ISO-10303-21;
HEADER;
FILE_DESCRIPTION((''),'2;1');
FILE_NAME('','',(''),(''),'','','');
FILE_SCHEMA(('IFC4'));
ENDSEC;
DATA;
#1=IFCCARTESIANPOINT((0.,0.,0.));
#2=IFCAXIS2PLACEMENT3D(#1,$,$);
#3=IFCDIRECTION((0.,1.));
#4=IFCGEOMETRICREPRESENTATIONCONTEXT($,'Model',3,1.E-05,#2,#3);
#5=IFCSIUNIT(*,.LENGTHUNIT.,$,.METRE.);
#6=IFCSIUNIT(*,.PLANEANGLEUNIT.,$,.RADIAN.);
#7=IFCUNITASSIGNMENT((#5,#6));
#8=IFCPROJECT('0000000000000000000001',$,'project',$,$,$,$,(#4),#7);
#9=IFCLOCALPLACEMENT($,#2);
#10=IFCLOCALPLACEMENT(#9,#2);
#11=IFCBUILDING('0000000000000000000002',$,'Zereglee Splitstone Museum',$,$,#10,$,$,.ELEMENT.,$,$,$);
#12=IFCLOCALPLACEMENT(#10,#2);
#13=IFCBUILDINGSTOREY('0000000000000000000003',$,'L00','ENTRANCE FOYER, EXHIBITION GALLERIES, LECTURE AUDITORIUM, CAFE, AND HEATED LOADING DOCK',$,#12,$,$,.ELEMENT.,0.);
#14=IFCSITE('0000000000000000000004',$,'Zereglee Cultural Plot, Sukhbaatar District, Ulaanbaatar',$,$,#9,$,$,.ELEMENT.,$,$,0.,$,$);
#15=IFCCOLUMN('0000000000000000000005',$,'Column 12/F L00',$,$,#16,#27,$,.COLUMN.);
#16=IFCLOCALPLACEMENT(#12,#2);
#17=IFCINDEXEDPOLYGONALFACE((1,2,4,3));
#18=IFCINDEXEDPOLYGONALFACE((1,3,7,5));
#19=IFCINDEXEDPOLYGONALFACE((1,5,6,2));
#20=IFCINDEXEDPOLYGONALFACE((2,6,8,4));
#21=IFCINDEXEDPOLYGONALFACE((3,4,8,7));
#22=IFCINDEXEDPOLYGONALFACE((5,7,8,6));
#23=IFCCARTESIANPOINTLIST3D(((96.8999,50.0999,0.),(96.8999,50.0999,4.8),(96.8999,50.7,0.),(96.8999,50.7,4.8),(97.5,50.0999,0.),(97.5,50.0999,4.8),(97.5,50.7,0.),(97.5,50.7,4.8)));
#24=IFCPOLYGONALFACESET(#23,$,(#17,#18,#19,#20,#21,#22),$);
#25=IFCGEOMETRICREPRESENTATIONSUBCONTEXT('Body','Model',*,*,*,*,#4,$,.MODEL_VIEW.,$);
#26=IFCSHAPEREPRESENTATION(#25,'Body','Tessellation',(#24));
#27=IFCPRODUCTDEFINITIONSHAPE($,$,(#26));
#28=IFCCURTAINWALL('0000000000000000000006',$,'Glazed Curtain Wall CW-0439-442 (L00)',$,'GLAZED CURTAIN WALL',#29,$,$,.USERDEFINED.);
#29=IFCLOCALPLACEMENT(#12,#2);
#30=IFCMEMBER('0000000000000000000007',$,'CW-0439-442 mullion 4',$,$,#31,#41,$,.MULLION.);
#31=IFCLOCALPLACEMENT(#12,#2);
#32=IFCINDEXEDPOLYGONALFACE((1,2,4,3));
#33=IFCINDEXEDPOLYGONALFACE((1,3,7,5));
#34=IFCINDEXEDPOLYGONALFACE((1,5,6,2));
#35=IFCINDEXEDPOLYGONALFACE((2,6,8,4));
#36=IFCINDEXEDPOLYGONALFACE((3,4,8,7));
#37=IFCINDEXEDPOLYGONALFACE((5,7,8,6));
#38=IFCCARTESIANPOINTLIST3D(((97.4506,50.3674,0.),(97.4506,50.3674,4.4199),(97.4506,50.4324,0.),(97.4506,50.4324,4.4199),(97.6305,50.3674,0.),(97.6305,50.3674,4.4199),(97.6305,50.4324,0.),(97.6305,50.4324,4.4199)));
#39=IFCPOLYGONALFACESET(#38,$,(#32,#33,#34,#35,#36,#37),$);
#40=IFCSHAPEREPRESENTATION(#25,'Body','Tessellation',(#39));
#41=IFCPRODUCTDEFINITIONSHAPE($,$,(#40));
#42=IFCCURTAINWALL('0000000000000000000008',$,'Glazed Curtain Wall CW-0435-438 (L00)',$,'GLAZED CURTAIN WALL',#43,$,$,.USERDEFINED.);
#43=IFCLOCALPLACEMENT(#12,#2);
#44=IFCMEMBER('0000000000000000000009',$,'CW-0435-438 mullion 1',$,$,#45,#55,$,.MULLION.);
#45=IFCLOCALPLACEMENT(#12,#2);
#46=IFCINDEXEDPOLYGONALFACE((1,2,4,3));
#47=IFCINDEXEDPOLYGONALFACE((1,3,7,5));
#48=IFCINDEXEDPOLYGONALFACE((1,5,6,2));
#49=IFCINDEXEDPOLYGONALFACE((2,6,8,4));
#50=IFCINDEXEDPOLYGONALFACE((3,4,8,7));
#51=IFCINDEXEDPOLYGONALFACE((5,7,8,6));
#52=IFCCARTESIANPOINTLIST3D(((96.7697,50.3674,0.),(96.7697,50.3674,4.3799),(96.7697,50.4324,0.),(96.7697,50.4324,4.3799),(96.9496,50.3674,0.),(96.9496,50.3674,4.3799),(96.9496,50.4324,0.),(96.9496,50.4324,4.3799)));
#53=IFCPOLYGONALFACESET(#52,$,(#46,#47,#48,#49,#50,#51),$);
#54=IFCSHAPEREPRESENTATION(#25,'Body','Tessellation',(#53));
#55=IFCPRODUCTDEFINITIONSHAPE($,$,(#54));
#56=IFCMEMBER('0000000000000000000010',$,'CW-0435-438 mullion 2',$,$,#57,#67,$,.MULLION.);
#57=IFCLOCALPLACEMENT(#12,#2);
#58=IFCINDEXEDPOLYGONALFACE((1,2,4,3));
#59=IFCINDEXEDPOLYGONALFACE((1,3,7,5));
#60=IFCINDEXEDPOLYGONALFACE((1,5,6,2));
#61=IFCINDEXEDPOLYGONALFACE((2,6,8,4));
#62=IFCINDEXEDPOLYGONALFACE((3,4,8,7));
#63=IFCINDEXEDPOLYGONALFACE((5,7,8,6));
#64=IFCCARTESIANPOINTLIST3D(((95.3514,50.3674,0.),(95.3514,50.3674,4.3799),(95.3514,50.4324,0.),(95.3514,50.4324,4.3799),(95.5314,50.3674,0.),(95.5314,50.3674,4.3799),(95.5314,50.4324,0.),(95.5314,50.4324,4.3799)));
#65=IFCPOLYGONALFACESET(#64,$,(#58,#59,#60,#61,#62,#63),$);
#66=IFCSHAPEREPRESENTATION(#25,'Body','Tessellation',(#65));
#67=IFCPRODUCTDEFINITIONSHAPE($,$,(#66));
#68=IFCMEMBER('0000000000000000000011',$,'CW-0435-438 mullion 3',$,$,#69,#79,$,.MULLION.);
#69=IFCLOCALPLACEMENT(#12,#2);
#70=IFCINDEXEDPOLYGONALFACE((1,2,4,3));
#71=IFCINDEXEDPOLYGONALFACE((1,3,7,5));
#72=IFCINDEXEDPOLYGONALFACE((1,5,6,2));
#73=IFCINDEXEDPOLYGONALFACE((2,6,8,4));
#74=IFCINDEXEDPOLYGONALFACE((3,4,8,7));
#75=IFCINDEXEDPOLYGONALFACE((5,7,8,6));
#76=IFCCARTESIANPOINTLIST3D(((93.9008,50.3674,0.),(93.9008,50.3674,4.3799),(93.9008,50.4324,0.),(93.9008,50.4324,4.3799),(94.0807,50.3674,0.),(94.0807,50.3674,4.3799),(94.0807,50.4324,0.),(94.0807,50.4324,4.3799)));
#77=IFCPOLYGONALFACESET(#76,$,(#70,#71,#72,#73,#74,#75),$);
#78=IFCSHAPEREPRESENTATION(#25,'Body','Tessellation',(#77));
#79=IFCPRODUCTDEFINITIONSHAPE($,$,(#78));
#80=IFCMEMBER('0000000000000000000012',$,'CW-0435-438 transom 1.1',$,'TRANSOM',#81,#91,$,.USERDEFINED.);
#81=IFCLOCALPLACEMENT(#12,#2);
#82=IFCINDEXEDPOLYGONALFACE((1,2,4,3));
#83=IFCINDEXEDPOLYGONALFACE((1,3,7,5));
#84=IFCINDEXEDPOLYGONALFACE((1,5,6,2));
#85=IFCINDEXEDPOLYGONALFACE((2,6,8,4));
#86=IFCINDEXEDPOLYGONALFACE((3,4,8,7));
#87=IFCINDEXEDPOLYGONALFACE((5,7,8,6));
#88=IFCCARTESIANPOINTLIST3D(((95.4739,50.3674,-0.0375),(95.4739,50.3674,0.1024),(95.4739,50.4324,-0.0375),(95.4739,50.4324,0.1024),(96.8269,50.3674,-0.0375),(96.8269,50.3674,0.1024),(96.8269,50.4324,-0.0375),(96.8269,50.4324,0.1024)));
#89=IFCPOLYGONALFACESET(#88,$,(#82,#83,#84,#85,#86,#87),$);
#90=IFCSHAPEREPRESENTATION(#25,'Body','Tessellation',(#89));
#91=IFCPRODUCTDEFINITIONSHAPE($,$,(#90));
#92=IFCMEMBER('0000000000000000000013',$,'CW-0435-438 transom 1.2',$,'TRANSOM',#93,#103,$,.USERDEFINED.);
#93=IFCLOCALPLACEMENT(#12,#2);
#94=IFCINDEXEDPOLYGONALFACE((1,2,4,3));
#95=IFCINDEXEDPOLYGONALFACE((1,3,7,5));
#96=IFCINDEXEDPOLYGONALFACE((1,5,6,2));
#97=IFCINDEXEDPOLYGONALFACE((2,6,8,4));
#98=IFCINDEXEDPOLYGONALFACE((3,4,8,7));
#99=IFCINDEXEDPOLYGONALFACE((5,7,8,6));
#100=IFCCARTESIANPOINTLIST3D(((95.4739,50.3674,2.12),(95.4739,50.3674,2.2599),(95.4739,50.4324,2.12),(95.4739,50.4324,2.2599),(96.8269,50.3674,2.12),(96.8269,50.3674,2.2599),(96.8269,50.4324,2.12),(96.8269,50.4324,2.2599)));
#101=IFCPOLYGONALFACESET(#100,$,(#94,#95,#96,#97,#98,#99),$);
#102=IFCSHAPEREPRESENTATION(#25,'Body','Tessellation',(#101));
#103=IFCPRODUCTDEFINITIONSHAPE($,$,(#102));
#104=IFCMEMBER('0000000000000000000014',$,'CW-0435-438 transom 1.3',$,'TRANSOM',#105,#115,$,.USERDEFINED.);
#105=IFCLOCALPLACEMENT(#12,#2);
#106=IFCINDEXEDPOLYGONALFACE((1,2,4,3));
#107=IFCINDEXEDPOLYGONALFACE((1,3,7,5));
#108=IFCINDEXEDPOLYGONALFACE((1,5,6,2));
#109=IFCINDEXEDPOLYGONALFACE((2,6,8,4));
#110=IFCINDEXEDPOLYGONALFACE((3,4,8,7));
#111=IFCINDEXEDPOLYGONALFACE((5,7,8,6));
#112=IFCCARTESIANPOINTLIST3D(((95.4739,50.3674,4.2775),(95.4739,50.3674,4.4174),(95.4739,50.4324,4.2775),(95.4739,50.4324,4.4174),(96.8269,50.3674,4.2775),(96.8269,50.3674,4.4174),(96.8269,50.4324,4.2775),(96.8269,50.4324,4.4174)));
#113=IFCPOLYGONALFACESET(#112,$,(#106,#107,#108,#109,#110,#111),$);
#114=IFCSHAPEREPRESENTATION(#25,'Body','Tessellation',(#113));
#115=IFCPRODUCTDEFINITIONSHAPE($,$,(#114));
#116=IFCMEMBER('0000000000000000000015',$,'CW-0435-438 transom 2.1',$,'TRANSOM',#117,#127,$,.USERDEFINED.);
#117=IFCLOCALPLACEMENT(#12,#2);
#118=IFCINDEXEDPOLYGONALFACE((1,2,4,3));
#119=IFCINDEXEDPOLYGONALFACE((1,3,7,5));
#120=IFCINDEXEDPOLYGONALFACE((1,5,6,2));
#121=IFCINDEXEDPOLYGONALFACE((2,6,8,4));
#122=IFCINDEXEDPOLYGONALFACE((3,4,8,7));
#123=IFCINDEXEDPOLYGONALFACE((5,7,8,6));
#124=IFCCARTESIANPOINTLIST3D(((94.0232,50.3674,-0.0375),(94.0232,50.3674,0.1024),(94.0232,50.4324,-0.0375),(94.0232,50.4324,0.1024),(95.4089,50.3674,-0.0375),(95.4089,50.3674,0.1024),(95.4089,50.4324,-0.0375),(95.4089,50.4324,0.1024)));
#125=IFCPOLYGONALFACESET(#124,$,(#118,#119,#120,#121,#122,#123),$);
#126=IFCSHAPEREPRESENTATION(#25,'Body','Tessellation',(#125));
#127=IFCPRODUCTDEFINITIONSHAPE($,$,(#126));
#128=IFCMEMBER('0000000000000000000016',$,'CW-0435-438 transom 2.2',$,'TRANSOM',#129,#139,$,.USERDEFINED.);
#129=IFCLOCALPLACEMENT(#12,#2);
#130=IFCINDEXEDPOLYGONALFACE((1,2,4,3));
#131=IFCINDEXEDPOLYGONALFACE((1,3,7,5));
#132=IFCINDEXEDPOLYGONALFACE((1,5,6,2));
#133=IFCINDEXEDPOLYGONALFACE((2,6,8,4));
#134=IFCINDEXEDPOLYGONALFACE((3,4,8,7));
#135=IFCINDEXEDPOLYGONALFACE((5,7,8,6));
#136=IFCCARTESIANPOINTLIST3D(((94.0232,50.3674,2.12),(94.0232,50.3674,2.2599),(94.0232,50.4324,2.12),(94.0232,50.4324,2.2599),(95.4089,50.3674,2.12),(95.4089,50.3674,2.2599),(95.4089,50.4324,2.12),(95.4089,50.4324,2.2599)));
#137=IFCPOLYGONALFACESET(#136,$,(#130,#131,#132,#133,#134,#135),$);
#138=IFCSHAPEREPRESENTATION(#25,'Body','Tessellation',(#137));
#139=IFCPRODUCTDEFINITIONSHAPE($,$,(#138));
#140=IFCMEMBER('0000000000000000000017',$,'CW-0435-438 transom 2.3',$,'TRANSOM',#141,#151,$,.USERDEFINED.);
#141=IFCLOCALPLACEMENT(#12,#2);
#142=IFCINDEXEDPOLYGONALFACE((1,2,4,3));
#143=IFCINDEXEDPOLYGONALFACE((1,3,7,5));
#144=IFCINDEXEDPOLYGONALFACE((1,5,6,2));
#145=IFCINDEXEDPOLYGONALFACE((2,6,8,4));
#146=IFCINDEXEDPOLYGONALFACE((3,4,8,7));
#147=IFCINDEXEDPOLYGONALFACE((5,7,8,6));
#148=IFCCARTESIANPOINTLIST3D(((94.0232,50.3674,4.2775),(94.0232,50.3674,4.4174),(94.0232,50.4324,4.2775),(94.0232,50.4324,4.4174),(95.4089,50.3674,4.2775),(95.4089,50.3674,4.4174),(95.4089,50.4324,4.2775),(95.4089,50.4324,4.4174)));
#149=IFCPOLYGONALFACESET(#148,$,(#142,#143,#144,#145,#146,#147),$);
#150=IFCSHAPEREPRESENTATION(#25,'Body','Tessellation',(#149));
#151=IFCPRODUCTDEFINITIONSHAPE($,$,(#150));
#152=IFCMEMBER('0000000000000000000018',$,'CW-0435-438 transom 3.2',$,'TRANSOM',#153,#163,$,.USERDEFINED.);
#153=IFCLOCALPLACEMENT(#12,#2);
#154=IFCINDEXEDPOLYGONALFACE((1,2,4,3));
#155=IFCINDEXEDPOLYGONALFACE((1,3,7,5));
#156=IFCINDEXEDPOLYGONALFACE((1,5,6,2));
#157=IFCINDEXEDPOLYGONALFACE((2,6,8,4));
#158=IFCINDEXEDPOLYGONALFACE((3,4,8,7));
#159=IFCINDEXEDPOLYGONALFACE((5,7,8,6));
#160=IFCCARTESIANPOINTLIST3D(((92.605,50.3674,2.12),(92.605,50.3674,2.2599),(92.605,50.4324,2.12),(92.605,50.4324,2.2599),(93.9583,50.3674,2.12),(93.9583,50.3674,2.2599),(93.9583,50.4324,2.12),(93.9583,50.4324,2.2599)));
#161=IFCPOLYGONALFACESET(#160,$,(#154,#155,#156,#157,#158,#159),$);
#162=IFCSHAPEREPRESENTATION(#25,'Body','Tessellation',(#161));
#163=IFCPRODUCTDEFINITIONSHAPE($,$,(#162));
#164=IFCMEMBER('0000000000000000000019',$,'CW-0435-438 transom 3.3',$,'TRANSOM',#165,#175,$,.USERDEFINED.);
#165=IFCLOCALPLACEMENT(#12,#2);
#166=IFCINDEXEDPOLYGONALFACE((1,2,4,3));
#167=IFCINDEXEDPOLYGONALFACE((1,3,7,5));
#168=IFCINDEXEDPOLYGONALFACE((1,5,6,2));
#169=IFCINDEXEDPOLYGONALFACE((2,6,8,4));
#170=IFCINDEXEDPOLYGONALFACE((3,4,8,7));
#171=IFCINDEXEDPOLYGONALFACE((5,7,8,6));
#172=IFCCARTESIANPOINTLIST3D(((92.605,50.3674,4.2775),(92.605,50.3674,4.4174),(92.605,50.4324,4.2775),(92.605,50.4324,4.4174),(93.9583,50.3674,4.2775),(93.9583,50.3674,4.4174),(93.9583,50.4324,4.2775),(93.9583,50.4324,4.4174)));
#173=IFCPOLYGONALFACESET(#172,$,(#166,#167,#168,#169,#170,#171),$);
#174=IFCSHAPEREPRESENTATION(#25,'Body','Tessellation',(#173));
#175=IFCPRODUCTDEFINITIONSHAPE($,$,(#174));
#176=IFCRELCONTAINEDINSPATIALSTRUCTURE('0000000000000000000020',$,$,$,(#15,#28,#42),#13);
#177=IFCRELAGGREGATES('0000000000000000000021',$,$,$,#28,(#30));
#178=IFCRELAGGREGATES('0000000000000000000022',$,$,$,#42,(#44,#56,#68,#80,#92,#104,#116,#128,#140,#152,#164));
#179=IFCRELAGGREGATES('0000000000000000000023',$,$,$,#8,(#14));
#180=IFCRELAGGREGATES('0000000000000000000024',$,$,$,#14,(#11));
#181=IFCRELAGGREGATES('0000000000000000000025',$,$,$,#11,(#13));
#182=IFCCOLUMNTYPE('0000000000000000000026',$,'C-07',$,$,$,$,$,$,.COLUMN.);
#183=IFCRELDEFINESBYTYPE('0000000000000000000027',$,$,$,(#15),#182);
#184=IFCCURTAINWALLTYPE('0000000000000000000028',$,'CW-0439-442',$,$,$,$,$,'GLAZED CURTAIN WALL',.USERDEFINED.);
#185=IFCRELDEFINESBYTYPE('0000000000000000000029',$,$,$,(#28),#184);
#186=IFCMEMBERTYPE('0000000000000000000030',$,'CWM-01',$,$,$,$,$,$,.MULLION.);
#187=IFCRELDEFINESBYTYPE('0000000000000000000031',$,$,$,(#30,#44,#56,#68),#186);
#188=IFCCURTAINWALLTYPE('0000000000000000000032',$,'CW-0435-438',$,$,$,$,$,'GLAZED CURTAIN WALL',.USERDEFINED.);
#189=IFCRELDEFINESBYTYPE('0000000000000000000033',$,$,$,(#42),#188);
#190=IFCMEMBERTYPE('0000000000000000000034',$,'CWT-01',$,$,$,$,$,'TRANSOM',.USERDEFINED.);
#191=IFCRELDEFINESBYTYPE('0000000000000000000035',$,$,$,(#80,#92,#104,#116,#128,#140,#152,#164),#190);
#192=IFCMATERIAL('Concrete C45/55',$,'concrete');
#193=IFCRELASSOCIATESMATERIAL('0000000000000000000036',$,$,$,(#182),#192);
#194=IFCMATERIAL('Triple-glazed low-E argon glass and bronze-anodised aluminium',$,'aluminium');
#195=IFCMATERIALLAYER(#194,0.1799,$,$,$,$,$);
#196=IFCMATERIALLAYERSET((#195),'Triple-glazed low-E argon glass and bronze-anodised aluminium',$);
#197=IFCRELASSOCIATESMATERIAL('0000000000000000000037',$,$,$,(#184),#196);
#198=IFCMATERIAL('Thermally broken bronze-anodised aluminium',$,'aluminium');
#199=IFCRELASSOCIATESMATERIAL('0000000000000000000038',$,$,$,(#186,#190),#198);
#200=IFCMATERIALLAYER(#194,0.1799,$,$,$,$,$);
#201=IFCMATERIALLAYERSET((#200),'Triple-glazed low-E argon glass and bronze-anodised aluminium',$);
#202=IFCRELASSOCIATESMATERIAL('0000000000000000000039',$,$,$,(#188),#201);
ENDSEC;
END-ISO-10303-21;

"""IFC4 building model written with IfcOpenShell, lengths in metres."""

from ifc_helpers import new_model, si_unit, direction, frame, origin, origin_2d, place, context, subcontext, project, spatial, rectangle, extrude, material, layer, layer_set, material_profile, profile_set, type_object, element, aggregate, save


model = new_model("IFC4")

# Units and contexts
model_context = context("Model", 3, precision=1e-05, world=origin(), true_north=direction((0.0, 1.0)))
body_context = subcontext(model_context, "Body", "Model", "MODEL_VIEW")
ifc_project = project(units=[si_unit("LENGTHUNIT", "METRE"), si_unit("PLANEANGLEUNIT", "RADIAN")], contexts=[model_context])

# Site, building, storey
site_placement = place(None, origin())
site = spatial("IfcSite", under=ifc_project, at=site_placement, Name="Zereglee Cultural Plot, Sukhbaatar District, Ulaanbaatar", CompositionType="ELEMENT", RefElevation=0.0)
building_placement = place(site_placement, origin())
building = spatial("IfcBuilding", under=site, at=building_placement, Name="Zereglee Splitstone Museum", CompositionType="ELEMENT")
storey_placement = place(building_placement, origin())
storey = spatial("IfcBuildingStorey", under=building, at=storey_placement, Name="L00", Description="ENTRANCE FOYER, EXHIBITION GALLERIES, LECTURE AUDITORIUM, CAFE, AND HEATED LOADING DOCK", CompositionType="ELEMENT", Elevation=0.0)

# Column
ifc_material_1 = material(Name="Concrete C45/55", Category="concrete")
ifc_material_profile_1 = material_profile(ifc_material_1, rectangle(XDim=0.6001, YDim=0.6001, at=origin_2d()), Name="RC 600x600")
ifc_profile_set_1 = profile_set([ifc_material_profile_1], Name="Concrete C45/55")
column_type = type_object("IfcColumnType", Name="C-07", PredefinedType="COLUMN", material=ifc_profile_set_1)
column_placement = place(storey_placement, frame((97.2, 50.3999, 0.0), z_axis=(0.0, 0.0, 1.0), x_axis=(1.0, 0.0, 0.0)))
element("IfcColumn", 1, at=column_placement, inside=storey, type_object=column_type, Name="Column 12/F L00", PredefinedType="COLUMN", context=body_context, shape_type="SweptSolid", body=[
    extrude(rectangle(XDim=0.6001, YDim=0.6001, at=origin_2d()), origin(), (0.0, 0.0, 1.0), 4.8),
])

# Curtain wall, member
ifc_material_2 = material(Name="Triple-glazed low-E argon glass and bronze-anodised aluminium", Category="aluminium")
ifc_layer_1 = layer(ifc_material_2, 0.1799)
ifc_layer_set_1 = layer_set([ifc_layer_1], Name="Triple-glazed low-E argon glass and bronze-anodised aluminium")
curtain_wall_type_1 = type_object("IfcCurtainWallType", Name="CW-0439-442", ElementType="GLAZED CURTAIN WALL", PredefinedType="USERDEFINED", material=ifc_layer_set_1)
curtain_wall_1_placement = place(storey_placement, origin())
curtain_wall_1 = element("IfcCurtainWall", 2, at=curtain_wall_1_placement, inside=storey, type_object=curtain_wall_type_1, Name="Glazed Curtain Wall CW-0439-442 (L00)", ObjectType="GLAZED CURTAIN WALL", PredefinedType="USERDEFINED")
ifc_material_3 = material(Name="Thermally broken bronze-anodised aluminium", Category="aluminium")
ifc_material_profile_2 = material_profile(ifc_material_3, rectangle(XDim=0.0649, YDim=0.1799, at=origin_2d()), Name="CW MULL 65x180")
ifc_profile_set_2 = profile_set([ifc_material_profile_2], Name="Thermally broken bronze-anodised aluminium")
member_type_1 = type_object("IfcMemberType", Name="CWM-01", PredefinedType="MULLION", material=ifc_profile_set_2)
member_1_placement = place(storey_placement, frame((97.5405, 50.3999, 0.0), z_axis=(0.0, 0.0, 1.0), x_axis=(0.0, -1.0, 0.0)))
member_1 = element("IfcMember", 3, at=member_1_placement, type_object=member_type_1, Name="CW-0439-442 mullion 4", PredefinedType="MULLION", context=body_context, shape_type="SweptSolid", body=[
    extrude(rectangle(XDim=0.0649, YDim=0.1799, at=origin_2d()), origin(), (0.0, 0.0, 1.0), 4.4199),
])

# Curtain wall, members
ifc_layer_2 = layer(ifc_material_2, 0.1799)
ifc_layer_set_2 = layer_set([ifc_layer_2], Name="Triple-glazed low-E argon glass and bronze-anodised aluminium")
curtain_wall_type_2 = type_object("IfcCurtainWallType", Name="CW-0435-438", ElementType="GLAZED CURTAIN WALL", PredefinedType="USERDEFINED", material=ifc_layer_set_2)
curtain_wall_2_placement = place(storey_placement, origin())
curtain_wall_2 = element("IfcCurtainWall", 4, at=curtain_wall_2_placement, inside=storey, type_object=curtain_wall_type_2, Name="Glazed Curtain Wall CW-0435-438 (L00)", ObjectType="GLAZED CURTAIN WALL", PredefinedType="USERDEFINED")
member_2_placement = place(storey_placement, frame((96.8596, 50.3999, 0.0), z_axis=(0.0, 0.0, 1.0), x_axis=(0.0, -1.0, 0.0)))
member_2 = element("IfcMember", 5, at=member_2_placement, type_object=member_type_1, Name="CW-0435-438 mullion 1", PredefinedType="MULLION", context=body_context, shape_type="SweptSolid", body=[
    extrude(rectangle(XDim=0.0649, YDim=0.1799, at=origin_2d()), origin(), (0.0, 0.0, 1.0), 4.3799),
])
member_3_placement = place(storey_placement, frame((95.4414, 50.3999, 0.0), z_axis=(0.0, 0.0, 1.0), x_axis=(0.0, -1.0, 0.0)))
member_3 = element("IfcMember", 6, at=member_3_placement, type_object=member_type_1, Name="CW-0435-438 mullion 2", PredefinedType="MULLION", context=body_context, shape_type="SweptSolid", body=[
    extrude(rectangle(XDim=0.0649, YDim=0.1799, at=origin_2d()), origin(), (0.0, 0.0, 1.0), 4.3799),
])
member_4_placement = place(storey_placement, frame((93.9907, 50.3999, 0.0), z_axis=(0.0, 0.0, 1.0), x_axis=(0.0, -1.0, 0.0)))
member_4 = element("IfcMember", 7, at=member_4_placement, type_object=member_type_1, Name="CW-0435-438 mullion 3", PredefinedType="MULLION", context=body_context, shape_type="SweptSolid", body=[
    extrude(rectangle(XDim=0.0649, YDim=0.1799, at=origin_2d()), origin(), (0.0, 0.0, 1.0), 4.3799),
])
ifc_material_profile_3 = material_profile(ifc_material_3, rectangle(XDim=0.0649, YDim=0.1399, at=origin_2d()), Name="CW TRAN 65x140")
ifc_profile_set_3 = profile_set([ifc_material_profile_3], Name="Thermally broken bronze-anodised aluminium")
member_type_2 = type_object("IfcMemberType", Name="CWT-01", ElementType="TRANSOM", PredefinedType="USERDEFINED", material=ifc_profile_set_3)
member_5_placement = place(storey_placement, frame((96.8269, 50.3999, 0.0325), z_axis=(-1.0, 0.0, 0.0), x_axis=(0.0, -1.0, 0.0)))
member_5 = element("IfcMember", 8, at=member_5_placement, type_object=member_type_2, Name="CW-0435-438 transom 1.1", ObjectType="TRANSOM", PredefinedType="USERDEFINED", context=body_context, shape_type="SweptSolid", body=[
    extrude(rectangle(XDim=0.0649, YDim=0.1399, at=origin_2d()), origin(), (0.0, 0.0, 1.0), 1.353),
])
member_6_placement = place(storey_placement, frame((96.8269, 50.3999, 2.1899), z_axis=(-1.0, 0.0, 0.0), x_axis=(0.0, -1.0, 0.0)))
member_6 = element("IfcMember", 9, at=member_6_placement, type_object=member_type_2, Name="CW-0435-438 transom 1.2", ObjectType="TRANSOM", PredefinedType="USERDEFINED", context=body_context, shape_type="SweptSolid", body=[
    extrude(rectangle(XDim=0.0649, YDim=0.1399, at=origin_2d()), origin(), (0.0, 0.0, 1.0), 1.353),
])
member_7_placement = place(storey_placement, frame((96.8269, 50.3999, 4.3474), z_axis=(-1.0, 0.0, 0.0), x_axis=(0.0, -1.0, 0.0)))
member_7 = element("IfcMember", 10, at=member_7_placement, type_object=member_type_2, Name="CW-0435-438 transom 1.3", ObjectType="TRANSOM", PredefinedType="USERDEFINED", context=body_context, shape_type="SweptSolid", body=[
    extrude(rectangle(XDim=0.0649, YDim=0.1399, at=origin_2d()), origin(), (0.0, 0.0, 1.0), 1.353),
])
member_8_placement = place(storey_placement, frame((95.4089, 50.3999, 0.0325), z_axis=(-1.0, 0.0, 0.0), x_axis=(0.0, -1.0, 0.0)))
member_8 = element("IfcMember", 11, at=member_8_placement, type_object=member_type_2, Name="CW-0435-438 transom 2.1", ObjectType="TRANSOM", PredefinedType="USERDEFINED", context=body_context, shape_type="SweptSolid", body=[
    extrude(rectangle(XDim=0.0649, YDim=0.1399, at=origin_2d()), origin(), (0.0, 0.0, 1.0), 1.3857),
])
member_9_placement = place(storey_placement, frame((95.4089, 50.3999, 2.1899), z_axis=(-1.0, 0.0, 0.0), x_axis=(0.0, -1.0, 0.0)))
member_9 = element("IfcMember", 12, at=member_9_placement, type_object=member_type_2, Name="CW-0435-438 transom 2.2", ObjectType="TRANSOM", PredefinedType="USERDEFINED", context=body_context, shape_type="SweptSolid", body=[
    extrude(rectangle(XDim=0.0649, YDim=0.1399, at=origin_2d()), origin(), (0.0, 0.0, 1.0), 1.3857),
])
member_10_placement = place(storey_placement, frame((95.4089, 50.3999, 4.3474), z_axis=(-1.0, 0.0, 0.0), x_axis=(0.0, -1.0, 0.0)))
member_10 = element("IfcMember", 13, at=member_10_placement, type_object=member_type_2, Name="CW-0435-438 transom 2.3", ObjectType="TRANSOM", PredefinedType="USERDEFINED", context=body_context, shape_type="SweptSolid", body=[
    extrude(rectangle(XDim=0.0649, YDim=0.1399, at=origin_2d()), origin(), (0.0, 0.0, 1.0), 1.3857),
])
member_11_placement = place(storey_placement, frame((93.9583, 50.3999, 2.1899), z_axis=(-1.0, 0.0, 0.0), x_axis=(0.0, -1.0, 0.0)))
member_11 = element("IfcMember", 14, at=member_11_placement, type_object=member_type_2, Name="CW-0435-438 transom 3.2", ObjectType="TRANSOM", PredefinedType="USERDEFINED", context=body_context, shape_type="SweptSolid", body=[
    extrude(rectangle(XDim=0.0649, YDim=0.1399, at=origin_2d()), origin(), (0.0, 0.0, 1.0), 1.3533),
])
member_12_placement = place(storey_placement, frame((93.9583, 50.3999, 4.3474), z_axis=(-1.0, 0.0, 0.0), x_axis=(0.0, -1.0, 0.0)))
member_12 = element("IfcMember", 15, at=member_12_placement, type_object=member_type_2, Name="CW-0435-438 transom 3.3", ObjectType="TRANSOM", PredefinedType="USERDEFINED", context=body_context, shape_type="SweptSolid", body=[
    extrude(rectangle(XDim=0.0649, YDim=0.1399, at=origin_2d()), origin(), (0.0, 0.0, 1.0), 1.3533),
])

aggregate(curtain_wall_1, [member_1])
aggregate(curtain_wall_2, [member_2, member_3, member_4, member_5, member_6, member_7, member_8, member_9, member_10, member_11, member_12])

save(model, "model.ifc")
